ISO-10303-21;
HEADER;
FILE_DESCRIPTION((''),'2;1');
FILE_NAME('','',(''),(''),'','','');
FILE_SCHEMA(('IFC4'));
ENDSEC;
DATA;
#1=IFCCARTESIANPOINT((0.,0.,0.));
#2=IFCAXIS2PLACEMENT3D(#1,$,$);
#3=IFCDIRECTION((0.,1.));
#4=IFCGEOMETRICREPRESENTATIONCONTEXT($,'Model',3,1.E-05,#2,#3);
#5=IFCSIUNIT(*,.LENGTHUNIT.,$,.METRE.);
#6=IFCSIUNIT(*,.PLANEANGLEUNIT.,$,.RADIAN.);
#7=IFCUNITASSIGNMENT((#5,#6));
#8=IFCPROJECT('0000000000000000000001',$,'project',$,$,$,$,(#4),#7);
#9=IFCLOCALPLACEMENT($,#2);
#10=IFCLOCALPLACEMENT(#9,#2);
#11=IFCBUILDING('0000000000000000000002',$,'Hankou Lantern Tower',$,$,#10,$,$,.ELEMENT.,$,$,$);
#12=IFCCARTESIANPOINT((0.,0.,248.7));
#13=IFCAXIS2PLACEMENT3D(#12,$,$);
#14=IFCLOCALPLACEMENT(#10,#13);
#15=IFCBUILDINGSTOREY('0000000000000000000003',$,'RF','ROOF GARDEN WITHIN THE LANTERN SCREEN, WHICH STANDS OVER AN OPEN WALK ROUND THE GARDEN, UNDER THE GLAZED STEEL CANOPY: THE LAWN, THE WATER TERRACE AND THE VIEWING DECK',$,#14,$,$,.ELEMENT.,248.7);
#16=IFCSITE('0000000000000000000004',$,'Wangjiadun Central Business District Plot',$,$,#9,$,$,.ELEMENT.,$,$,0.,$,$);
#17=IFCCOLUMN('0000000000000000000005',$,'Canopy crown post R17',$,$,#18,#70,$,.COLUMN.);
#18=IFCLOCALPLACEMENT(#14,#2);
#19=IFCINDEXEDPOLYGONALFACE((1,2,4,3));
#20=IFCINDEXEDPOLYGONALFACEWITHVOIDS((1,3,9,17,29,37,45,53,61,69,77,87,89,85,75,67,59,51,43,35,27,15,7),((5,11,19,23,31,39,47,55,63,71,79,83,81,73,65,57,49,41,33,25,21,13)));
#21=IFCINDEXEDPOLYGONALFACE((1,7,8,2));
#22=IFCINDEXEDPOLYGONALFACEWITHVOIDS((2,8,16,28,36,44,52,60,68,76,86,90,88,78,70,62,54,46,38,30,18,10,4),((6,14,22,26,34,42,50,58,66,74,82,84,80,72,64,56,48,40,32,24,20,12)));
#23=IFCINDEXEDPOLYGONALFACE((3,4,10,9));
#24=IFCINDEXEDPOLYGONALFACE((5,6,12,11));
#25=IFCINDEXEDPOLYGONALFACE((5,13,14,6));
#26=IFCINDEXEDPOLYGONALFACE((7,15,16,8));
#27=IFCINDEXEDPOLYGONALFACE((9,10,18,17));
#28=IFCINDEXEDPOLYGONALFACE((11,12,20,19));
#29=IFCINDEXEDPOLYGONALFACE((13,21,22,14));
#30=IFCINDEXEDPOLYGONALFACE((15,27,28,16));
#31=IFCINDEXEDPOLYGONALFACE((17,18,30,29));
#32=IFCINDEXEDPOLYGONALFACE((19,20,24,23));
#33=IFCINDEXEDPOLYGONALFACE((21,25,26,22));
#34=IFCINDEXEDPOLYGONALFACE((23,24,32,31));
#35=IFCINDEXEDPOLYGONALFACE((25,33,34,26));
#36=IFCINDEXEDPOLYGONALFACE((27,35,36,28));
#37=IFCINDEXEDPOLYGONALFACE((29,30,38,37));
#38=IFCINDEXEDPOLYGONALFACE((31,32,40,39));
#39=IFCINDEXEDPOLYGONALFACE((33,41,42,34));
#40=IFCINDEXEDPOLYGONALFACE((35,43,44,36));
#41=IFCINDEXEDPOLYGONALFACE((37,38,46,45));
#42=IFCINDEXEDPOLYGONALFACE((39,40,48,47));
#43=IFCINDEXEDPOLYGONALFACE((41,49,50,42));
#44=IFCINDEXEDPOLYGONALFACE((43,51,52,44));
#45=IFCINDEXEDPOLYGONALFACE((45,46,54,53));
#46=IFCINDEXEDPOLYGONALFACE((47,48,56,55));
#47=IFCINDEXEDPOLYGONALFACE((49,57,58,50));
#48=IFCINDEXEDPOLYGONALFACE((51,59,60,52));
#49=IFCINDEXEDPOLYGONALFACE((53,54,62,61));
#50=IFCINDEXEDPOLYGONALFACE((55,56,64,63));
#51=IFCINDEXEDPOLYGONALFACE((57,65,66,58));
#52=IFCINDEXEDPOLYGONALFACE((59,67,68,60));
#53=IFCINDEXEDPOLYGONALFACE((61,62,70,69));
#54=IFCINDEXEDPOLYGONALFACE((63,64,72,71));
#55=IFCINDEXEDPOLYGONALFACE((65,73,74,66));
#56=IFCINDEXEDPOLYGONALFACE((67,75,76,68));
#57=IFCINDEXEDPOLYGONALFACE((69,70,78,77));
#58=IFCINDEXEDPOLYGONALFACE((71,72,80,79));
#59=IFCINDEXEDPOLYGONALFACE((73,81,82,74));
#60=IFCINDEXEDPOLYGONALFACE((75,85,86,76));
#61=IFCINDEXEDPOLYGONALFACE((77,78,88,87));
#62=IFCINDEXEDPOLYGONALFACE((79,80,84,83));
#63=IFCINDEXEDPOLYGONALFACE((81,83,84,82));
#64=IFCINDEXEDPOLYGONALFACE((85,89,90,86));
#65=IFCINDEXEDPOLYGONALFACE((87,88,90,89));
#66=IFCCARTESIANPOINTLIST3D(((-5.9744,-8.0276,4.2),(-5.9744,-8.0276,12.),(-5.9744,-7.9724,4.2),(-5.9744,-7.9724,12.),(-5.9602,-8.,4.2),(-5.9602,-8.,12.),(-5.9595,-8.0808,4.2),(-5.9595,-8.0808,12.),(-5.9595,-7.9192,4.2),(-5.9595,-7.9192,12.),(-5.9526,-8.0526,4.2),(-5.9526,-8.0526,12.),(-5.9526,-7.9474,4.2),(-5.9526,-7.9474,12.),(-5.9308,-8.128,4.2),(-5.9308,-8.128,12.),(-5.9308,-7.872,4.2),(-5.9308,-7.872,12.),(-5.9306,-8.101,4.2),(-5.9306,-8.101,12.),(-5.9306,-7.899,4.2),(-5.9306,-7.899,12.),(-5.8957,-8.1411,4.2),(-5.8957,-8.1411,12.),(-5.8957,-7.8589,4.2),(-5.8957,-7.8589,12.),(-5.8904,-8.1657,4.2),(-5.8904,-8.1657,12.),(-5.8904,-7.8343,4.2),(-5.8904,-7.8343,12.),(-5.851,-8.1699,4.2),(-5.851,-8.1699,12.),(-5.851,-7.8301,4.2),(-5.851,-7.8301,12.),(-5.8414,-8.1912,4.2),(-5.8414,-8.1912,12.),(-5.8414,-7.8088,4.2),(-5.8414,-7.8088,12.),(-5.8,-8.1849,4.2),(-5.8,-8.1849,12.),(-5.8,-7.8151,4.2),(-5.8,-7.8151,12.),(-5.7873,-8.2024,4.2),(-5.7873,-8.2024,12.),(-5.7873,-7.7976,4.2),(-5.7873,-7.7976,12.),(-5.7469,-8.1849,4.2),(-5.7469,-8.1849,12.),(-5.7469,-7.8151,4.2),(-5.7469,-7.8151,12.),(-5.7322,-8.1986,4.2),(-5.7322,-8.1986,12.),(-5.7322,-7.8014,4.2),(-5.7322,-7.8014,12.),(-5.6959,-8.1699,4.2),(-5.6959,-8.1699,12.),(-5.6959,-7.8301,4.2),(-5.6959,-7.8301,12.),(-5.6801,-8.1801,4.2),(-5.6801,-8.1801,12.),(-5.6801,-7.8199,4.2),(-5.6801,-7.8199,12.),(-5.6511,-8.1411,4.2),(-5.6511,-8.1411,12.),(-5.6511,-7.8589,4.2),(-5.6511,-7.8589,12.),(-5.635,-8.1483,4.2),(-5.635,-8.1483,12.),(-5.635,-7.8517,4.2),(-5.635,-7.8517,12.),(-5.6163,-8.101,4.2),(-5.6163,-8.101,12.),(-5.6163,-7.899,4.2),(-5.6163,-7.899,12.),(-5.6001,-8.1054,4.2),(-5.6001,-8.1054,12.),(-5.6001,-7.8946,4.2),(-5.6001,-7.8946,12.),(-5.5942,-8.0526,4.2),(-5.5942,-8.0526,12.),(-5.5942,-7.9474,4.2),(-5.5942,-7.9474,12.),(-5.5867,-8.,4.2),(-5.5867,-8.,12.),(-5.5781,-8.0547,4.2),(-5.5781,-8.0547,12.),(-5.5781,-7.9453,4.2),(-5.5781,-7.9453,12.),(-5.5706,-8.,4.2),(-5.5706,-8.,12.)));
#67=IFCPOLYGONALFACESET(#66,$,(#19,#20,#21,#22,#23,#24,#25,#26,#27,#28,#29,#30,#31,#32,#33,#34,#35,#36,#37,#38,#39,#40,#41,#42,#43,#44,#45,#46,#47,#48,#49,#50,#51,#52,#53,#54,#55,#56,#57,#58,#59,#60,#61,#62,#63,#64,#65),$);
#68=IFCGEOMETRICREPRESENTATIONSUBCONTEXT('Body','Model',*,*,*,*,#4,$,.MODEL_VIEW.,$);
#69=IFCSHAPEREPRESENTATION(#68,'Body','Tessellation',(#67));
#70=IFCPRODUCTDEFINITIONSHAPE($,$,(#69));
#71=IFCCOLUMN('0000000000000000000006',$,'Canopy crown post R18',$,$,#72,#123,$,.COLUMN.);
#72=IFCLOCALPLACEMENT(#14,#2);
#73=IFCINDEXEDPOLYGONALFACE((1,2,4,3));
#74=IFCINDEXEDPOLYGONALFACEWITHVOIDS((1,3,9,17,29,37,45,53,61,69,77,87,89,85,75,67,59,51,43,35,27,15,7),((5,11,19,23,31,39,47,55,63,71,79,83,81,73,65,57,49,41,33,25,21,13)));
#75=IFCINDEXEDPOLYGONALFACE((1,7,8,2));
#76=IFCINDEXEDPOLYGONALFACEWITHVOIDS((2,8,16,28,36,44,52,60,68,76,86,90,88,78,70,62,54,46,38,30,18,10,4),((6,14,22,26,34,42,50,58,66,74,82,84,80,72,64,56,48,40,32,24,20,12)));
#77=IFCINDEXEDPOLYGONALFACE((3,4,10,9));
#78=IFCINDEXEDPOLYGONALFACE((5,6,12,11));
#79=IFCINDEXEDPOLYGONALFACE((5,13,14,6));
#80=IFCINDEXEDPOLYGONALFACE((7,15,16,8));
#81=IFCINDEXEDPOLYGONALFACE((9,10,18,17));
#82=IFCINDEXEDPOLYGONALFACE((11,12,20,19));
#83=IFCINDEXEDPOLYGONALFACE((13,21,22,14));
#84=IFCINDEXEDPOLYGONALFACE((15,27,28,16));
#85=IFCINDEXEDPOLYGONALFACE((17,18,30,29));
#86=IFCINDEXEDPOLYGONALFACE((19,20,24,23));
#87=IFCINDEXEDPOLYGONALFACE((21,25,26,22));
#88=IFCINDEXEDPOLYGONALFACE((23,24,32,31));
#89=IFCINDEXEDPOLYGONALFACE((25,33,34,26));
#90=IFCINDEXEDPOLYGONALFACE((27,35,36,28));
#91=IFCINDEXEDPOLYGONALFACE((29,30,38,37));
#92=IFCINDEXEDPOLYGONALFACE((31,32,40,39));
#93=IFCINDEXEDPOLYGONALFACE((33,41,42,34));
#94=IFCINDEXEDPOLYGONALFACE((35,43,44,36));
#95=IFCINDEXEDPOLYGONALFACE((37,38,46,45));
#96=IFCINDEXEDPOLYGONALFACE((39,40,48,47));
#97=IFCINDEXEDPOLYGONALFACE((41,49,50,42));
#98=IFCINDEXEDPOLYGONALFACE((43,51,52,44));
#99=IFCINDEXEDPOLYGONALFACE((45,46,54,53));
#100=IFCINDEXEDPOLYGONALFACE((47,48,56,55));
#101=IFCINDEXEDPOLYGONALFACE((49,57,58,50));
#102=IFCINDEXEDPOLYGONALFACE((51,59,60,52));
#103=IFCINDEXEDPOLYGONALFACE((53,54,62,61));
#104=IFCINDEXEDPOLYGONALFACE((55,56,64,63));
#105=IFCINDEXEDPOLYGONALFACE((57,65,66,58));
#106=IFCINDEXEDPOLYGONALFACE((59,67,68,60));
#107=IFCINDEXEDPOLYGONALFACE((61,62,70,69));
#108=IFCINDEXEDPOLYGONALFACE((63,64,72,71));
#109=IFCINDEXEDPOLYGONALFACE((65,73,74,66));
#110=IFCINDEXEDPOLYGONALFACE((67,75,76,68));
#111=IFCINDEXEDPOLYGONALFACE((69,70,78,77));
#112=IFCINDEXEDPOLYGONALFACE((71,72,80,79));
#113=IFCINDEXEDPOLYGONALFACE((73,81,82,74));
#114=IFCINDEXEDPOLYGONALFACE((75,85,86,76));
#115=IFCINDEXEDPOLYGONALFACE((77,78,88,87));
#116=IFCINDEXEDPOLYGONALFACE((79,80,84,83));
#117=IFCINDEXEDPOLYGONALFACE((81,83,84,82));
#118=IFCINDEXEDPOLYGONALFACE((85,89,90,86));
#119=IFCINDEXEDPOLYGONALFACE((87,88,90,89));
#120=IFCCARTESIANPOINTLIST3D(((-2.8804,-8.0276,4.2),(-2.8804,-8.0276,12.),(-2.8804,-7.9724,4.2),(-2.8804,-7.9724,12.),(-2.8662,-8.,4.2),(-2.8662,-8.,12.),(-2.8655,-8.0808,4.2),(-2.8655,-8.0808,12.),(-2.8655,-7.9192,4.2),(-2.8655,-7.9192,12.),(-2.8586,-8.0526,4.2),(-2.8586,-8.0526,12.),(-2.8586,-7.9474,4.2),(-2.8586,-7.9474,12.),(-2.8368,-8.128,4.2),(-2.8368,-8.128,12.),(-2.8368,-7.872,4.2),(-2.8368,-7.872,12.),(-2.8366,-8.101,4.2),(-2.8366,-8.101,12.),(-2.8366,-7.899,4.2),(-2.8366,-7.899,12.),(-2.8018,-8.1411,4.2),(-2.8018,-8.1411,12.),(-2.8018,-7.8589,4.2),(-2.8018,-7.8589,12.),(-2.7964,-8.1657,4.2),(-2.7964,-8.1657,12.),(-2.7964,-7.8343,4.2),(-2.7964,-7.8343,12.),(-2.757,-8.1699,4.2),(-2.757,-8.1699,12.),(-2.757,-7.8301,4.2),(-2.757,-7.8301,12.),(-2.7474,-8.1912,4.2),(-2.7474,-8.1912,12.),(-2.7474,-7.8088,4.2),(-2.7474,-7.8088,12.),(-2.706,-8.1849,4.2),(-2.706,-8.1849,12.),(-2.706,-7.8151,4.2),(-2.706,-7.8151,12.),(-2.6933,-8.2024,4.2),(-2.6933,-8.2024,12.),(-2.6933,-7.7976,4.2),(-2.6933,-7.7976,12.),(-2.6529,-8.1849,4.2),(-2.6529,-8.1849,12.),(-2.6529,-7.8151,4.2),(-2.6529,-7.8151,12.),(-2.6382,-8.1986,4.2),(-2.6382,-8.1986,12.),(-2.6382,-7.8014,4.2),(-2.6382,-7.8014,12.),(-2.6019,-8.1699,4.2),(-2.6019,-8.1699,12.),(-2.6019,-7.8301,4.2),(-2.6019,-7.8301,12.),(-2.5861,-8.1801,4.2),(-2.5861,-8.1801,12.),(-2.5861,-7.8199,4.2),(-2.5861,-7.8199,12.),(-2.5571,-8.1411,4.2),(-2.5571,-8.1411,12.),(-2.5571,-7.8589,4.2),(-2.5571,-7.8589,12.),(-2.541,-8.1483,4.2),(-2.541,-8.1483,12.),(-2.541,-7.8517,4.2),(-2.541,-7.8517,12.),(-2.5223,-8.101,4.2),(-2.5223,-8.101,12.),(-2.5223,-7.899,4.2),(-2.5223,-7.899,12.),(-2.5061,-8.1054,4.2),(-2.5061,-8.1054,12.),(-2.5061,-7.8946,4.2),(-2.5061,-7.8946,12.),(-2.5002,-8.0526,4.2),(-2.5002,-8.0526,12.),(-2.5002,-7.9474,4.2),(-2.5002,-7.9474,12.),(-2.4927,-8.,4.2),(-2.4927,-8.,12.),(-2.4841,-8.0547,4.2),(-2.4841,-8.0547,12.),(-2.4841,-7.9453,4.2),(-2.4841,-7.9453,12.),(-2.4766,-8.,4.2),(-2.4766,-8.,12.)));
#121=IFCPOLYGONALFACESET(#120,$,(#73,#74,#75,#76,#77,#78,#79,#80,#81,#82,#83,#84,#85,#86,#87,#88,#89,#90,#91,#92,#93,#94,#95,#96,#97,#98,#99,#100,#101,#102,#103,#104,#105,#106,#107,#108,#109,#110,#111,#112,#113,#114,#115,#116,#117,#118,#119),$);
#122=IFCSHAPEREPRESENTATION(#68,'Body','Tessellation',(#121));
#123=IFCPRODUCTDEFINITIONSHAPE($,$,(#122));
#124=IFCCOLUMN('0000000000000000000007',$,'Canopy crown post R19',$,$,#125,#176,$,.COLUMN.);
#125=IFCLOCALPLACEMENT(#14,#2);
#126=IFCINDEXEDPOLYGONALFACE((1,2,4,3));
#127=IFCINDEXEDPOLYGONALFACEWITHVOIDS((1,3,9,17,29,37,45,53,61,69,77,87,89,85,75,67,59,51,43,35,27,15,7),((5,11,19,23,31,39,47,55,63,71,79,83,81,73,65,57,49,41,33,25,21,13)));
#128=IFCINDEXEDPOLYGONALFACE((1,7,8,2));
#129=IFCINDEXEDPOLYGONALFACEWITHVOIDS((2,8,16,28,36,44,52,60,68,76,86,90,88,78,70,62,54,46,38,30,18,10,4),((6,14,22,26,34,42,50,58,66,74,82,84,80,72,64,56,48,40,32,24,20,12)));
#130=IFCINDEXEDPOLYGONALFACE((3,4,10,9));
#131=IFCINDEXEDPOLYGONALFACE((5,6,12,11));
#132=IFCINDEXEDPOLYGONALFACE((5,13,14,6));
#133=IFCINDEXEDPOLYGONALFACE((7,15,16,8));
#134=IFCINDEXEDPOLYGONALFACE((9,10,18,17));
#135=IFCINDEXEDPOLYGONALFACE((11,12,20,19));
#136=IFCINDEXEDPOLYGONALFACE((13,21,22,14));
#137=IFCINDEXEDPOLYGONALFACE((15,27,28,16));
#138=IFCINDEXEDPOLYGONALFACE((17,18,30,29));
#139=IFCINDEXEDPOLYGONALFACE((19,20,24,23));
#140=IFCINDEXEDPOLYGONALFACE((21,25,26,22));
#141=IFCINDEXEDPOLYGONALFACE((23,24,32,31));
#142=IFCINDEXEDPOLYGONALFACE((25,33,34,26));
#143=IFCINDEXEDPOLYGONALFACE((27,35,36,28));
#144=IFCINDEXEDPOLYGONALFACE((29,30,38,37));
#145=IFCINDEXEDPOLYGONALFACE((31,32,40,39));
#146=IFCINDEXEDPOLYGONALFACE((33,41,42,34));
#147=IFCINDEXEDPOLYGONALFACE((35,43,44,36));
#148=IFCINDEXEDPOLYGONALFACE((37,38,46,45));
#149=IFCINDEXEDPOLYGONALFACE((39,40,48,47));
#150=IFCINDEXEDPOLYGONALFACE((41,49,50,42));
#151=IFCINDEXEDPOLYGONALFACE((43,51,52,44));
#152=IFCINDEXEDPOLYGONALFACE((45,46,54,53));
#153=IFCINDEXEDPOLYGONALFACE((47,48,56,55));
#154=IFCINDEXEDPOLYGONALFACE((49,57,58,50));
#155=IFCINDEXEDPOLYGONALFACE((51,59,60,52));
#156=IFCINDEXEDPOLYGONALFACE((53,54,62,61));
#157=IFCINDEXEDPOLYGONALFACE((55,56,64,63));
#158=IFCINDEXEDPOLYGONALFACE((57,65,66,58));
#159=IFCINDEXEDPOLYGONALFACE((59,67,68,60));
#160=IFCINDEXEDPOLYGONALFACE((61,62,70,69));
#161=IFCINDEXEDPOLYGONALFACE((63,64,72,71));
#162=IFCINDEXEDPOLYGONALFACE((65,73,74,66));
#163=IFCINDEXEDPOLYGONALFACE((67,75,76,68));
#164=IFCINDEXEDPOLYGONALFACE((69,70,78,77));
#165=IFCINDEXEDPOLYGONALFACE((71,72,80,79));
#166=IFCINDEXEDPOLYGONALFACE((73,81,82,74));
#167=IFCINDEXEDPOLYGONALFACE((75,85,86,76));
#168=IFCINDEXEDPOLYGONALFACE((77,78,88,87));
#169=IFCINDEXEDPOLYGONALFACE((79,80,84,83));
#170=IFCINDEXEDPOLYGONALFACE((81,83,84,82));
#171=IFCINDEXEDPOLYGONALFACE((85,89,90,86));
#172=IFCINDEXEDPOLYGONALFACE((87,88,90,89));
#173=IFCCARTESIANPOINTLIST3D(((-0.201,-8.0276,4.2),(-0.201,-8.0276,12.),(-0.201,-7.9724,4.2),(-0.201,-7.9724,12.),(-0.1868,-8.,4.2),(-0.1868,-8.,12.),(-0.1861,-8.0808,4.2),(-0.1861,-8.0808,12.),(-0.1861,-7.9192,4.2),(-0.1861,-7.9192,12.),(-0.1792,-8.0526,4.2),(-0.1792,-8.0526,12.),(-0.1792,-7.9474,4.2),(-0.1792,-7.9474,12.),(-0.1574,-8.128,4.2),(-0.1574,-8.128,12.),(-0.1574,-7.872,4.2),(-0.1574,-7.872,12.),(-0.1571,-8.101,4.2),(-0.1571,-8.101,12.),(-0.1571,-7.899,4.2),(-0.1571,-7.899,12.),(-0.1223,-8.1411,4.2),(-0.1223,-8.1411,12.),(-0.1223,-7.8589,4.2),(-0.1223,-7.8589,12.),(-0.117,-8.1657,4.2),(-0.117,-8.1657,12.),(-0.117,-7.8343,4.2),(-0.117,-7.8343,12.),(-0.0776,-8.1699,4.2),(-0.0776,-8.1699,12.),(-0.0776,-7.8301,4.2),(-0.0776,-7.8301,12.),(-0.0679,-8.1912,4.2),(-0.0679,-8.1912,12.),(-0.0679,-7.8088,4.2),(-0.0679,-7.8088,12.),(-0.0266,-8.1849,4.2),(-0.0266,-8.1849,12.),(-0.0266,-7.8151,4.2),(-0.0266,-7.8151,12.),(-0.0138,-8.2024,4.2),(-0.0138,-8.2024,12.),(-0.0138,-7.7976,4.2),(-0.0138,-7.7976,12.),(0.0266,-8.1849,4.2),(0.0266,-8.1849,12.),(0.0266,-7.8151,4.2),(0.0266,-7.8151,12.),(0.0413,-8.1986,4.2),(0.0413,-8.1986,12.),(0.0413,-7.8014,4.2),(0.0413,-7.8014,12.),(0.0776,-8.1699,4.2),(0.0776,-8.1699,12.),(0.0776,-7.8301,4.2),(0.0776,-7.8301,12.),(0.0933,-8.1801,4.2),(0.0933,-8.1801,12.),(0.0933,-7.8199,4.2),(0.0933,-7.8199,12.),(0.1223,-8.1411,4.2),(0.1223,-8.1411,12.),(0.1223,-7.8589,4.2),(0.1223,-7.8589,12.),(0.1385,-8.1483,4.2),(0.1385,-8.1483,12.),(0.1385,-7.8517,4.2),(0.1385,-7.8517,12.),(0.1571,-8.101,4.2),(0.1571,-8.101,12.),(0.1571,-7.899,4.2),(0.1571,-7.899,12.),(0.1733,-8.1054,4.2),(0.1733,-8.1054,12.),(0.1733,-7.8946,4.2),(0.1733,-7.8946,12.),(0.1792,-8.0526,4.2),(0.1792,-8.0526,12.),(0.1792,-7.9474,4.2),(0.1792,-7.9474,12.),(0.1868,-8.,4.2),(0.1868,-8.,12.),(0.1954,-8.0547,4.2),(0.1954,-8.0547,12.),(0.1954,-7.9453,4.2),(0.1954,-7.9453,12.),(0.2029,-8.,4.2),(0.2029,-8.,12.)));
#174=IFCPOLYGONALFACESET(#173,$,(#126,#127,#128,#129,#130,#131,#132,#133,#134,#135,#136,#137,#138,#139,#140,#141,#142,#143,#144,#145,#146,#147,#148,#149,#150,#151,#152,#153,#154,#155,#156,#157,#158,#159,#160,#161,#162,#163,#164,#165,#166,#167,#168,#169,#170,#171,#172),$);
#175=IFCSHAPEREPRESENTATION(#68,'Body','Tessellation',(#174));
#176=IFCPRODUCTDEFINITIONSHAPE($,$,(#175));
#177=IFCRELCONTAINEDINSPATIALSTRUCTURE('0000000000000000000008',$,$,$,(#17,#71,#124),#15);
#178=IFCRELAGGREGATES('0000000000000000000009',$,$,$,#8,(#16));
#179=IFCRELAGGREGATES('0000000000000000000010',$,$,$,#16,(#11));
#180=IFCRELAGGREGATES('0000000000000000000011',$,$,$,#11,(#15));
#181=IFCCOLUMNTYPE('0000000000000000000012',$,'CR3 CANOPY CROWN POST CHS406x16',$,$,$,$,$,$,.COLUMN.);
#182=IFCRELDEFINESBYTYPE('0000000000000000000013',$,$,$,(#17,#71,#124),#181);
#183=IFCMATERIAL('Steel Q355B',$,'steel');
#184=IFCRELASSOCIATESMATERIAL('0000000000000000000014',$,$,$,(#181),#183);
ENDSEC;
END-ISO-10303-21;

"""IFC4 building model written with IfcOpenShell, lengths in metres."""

from ifc_helpers import new_model, si_unit, direction, frame, origin, origin_2d, place, context, subcontext, project, spatial, hollow_circle, extrude, material, material_profile, profile_set, type_object, element, save


model = new_model("IFC4")

# Units and contexts
model_context = context("Model", 3, precision=1e-05, world=origin(), true_north=direction((0.0, 1.0)))
body_context = subcontext(model_context, "Body", "Model", "MODEL_VIEW")
ifc_project = project(units=[si_unit("LENGTHUNIT", "METRE"), si_unit("PLANEANGLEUNIT", "RADIAN")], contexts=[model_context])

# Site, building, storey
site_placement = place(None, origin())
site = spatial("IfcSite", under=ifc_project, at=site_placement, Name="Wangjiadun Central Business District Plot", CompositionType="ELEMENT", RefElevation=0.0)
building_placement = place(site_placement, origin())
building = spatial("IfcBuilding", under=site, at=building_placement, Name="Hankou Lantern Tower", CompositionType="ELEMENT")
storey_placement = place(building_placement, frame((0.0, 0.0, 248.7)))
storey = spatial("IfcBuildingStorey", under=building, at=storey_placement, Name="RF", Description="ROOF GARDEN WITHIN THE LANTERN SCREEN, WHICH STANDS OVER AN OPEN WALK ROUND THE GARDEN, UNDER THE GLAZED STEEL CANOPY: THE LAWN, THE WATER TERRACE AND THE VIEWING DECK", CompositionType="ELEMENT", Elevation=248.7)

# Columns
ifc_material_1 = material(Name="Steel Q355B", Category="steel")
ifc_material_profile_1 = material_profile(ifc_material_1, hollow_circle(Radius=0.2029, WallThickness=0.0161, at=origin_2d()), Name="CHS406x16")
ifc_profile_set_1 = profile_set([ifc_material_profile_1], Name="Steel Q355B")
column_type = type_object("IfcColumnType", Name="CR3 CANOPY CROWN POST CHS406x16", PredefinedType="COLUMN", material=ifc_profile_set_1)
for number, where, z_axis, x_axis, name in (
    (1, (-5.7734, -8.0, 4.2), (0.0, 0.0, 1.0), (1.0, 0.0, 0.0), "Canopy crown post R17"),
    (2, (-2.6794, -8.0, 4.2), (0.0, 0.0, 1.0), (1.0, 0.0, 0.0), "Canopy crown post R18"),
    (3, (0.0, -8.0, 4.2), (0.0, 0.0, 1.0), (1.0, 0.0, 0.0), "Canopy crown post R19"),
):
    element("IfcColumn", number, at=place(storey_placement, frame(where, z_axis=z_axis, x_axis=x_axis)), inside=storey, type_object=column_type, Name=name, PredefinedType="COLUMN", context=body_context, shape_type="SweptSolid", body=[
        extrude(hollow_circle(Radius=0.2029, WallThickness=0.0161, at=origin_2d()), origin(), (0.0, 0.0, 1.0), 7.8),
    ])

save(model, "model.ifc")
